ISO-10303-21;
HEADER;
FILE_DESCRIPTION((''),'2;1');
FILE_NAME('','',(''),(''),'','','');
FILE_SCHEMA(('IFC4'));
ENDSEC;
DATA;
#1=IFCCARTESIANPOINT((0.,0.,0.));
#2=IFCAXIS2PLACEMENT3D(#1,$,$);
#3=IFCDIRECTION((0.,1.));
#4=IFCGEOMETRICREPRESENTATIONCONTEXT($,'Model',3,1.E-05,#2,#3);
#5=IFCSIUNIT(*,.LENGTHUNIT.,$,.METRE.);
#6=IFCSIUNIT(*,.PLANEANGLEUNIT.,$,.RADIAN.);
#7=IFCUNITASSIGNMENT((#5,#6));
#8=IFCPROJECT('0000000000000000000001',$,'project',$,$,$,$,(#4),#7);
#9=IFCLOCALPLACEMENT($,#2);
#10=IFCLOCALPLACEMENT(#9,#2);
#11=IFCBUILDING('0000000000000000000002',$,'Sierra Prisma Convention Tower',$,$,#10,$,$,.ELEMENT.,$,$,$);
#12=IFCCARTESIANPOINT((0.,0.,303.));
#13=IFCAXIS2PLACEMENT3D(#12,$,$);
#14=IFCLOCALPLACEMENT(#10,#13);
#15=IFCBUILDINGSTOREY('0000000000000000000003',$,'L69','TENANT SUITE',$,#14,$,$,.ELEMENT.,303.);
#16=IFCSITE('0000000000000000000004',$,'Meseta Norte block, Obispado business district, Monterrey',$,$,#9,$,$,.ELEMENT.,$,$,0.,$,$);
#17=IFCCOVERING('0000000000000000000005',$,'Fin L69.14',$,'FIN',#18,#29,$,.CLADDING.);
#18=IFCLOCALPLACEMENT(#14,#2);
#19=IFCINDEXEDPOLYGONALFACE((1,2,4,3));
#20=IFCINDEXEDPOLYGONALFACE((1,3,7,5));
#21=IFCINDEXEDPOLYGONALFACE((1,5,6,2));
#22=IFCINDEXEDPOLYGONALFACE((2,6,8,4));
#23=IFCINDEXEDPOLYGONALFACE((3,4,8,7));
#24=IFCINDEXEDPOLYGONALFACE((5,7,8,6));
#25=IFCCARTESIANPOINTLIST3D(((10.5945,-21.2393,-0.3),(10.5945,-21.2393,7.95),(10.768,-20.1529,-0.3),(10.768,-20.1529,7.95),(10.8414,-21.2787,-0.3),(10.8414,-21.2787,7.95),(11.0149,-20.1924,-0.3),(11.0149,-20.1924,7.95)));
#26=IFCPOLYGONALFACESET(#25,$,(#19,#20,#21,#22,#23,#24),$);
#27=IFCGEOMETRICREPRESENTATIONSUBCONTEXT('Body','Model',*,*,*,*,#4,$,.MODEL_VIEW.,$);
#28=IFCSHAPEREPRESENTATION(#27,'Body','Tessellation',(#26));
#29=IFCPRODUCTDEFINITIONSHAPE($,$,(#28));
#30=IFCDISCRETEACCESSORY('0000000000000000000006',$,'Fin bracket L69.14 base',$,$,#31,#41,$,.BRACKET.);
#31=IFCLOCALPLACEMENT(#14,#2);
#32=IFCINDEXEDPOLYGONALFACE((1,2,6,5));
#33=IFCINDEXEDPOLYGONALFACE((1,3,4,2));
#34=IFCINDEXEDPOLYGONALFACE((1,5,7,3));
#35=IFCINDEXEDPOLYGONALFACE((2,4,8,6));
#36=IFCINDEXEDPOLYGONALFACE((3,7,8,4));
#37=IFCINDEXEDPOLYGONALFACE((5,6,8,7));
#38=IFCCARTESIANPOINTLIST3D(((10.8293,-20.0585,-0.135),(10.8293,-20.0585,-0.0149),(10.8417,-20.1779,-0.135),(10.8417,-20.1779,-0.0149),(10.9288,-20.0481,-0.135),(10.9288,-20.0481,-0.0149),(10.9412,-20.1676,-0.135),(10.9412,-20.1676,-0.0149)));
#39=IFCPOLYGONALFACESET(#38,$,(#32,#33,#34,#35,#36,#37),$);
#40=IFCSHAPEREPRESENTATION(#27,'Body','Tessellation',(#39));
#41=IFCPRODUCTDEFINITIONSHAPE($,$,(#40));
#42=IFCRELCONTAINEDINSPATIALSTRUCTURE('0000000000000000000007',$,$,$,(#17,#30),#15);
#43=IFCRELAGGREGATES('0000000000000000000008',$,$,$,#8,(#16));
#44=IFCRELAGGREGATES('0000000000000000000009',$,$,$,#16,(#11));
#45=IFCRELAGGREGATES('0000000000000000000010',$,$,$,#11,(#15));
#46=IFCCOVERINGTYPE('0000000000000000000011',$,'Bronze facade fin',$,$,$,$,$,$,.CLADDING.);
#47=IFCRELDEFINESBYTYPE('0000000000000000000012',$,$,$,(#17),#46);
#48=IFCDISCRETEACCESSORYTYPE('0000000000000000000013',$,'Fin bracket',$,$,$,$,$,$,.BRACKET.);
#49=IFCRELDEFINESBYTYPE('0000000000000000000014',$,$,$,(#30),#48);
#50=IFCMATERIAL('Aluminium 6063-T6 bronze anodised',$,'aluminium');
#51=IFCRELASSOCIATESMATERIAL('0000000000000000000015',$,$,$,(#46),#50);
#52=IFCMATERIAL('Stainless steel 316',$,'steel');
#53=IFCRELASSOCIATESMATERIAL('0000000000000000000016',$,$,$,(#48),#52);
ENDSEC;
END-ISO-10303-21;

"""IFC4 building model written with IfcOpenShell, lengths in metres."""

from ifc_helpers import new_model, si_unit, direction, frame, origin, origin_2d, place, context, subcontext, project, spatial, rectangle, extrude, material, material_profile, profile_set, type_object, element, save


model = new_model("IFC4")

# Units and contexts
model_context = context("Model", 3, precision=1e-05, world=origin(), true_north=direction((0.0, 1.0)))
body_context = subcontext(model_context, "Body", "Model", "MODEL_VIEW")
ifc_project = project(units=[si_unit("LENGTHUNIT", "METRE"), si_unit("PLANEANGLEUNIT", "RADIAN")], contexts=[model_context])

# Site, building, storey
site_placement = place(None, origin())
site = spatial("IfcSite", under=ifc_project, at=site_placement, Name="Meseta Norte block, Obispado business district, Monterrey", CompositionType="ELEMENT", RefElevation=0.0)
building_placement = place(site_placement, origin())
building = spatial("IfcBuilding", under=site, at=building_placement, Name="Sierra Prisma Convention Tower", CompositionType="ELEMENT")
storey_placement = place(building_placement, frame((0.0, 0.0, 303.0)))
storey = spatial("IfcBuildingStorey", under=building, at=storey_placement, Name="L69", Description="TENANT SUITE", CompositionType="ELEMENT", Elevation=303.0)

# Covering
ifc_material_1 = material(Name="Aluminium 6063-T6 bronze anodised", Category="aluminium")
ifc_material_profile_1 = material_profile(ifc_material_1, rectangle(XDim=1.1001, YDim=0.25, at=origin_2d()), Name="ALU FIN 1100x250")
ifc_profile_set_1 = profile_set([ifc_material_profile_1], Name="Aluminium 6063-T6 bronze anodised")
covering_type = type_object("IfcCoveringType", Name="Bronze facade fin", PredefinedType="CLADDING", material=ifc_profile_set_1)
covering_placement = place(storey_placement, frame((10.8047, -20.7158, -0.3), z_axis=(0.0, 0.0, 1.0), x_axis=(-0.157708, -0.987486, 0.0)))
element("IfcCovering", 1, at=covering_placement, inside=storey, type_object=covering_type, Name="Fin L69.14", ObjectType="FIN", PredefinedType="CLADDING", context=body_context, shape_type="SweptSolid", body=[
    extrude(rectangle(XDim=1.1001, YDim=0.25, at=origin_2d()), origin(), (0.0, 0.0, 1.0), 8.25),
])

# Discrete accessory
ifc_material_2 = material(Name="Stainless steel 316", Category="steel")
discrete_accessory_type = type_object("IfcDiscreteAccessoryType", Name="Fin bracket", PredefinedType="BRACKET", material=ifc_material_2)
discrete_accessory_placement = place(storey_placement, frame((10.8853, -20.113, -0.135), z_axis=(0.0, 0.0, 1.0), x_axis=(0.103246, -0.994656, 0.0)))
element("IfcDiscreteAccessory", 2, at=discrete_accessory_placement, inside=storey, type_object=discrete_accessory_type, Name="Fin bracket L69.14 base", PredefinedType="BRACKET", context=body_context, shape_type="SweptSolid", body=[
    extrude(rectangle(XDim=0.1201, YDim=0.1001, at=origin_2d()), origin(), (0.0, 0.0, 1.0), 0.1201),
])

save(model, "model.ifc")
